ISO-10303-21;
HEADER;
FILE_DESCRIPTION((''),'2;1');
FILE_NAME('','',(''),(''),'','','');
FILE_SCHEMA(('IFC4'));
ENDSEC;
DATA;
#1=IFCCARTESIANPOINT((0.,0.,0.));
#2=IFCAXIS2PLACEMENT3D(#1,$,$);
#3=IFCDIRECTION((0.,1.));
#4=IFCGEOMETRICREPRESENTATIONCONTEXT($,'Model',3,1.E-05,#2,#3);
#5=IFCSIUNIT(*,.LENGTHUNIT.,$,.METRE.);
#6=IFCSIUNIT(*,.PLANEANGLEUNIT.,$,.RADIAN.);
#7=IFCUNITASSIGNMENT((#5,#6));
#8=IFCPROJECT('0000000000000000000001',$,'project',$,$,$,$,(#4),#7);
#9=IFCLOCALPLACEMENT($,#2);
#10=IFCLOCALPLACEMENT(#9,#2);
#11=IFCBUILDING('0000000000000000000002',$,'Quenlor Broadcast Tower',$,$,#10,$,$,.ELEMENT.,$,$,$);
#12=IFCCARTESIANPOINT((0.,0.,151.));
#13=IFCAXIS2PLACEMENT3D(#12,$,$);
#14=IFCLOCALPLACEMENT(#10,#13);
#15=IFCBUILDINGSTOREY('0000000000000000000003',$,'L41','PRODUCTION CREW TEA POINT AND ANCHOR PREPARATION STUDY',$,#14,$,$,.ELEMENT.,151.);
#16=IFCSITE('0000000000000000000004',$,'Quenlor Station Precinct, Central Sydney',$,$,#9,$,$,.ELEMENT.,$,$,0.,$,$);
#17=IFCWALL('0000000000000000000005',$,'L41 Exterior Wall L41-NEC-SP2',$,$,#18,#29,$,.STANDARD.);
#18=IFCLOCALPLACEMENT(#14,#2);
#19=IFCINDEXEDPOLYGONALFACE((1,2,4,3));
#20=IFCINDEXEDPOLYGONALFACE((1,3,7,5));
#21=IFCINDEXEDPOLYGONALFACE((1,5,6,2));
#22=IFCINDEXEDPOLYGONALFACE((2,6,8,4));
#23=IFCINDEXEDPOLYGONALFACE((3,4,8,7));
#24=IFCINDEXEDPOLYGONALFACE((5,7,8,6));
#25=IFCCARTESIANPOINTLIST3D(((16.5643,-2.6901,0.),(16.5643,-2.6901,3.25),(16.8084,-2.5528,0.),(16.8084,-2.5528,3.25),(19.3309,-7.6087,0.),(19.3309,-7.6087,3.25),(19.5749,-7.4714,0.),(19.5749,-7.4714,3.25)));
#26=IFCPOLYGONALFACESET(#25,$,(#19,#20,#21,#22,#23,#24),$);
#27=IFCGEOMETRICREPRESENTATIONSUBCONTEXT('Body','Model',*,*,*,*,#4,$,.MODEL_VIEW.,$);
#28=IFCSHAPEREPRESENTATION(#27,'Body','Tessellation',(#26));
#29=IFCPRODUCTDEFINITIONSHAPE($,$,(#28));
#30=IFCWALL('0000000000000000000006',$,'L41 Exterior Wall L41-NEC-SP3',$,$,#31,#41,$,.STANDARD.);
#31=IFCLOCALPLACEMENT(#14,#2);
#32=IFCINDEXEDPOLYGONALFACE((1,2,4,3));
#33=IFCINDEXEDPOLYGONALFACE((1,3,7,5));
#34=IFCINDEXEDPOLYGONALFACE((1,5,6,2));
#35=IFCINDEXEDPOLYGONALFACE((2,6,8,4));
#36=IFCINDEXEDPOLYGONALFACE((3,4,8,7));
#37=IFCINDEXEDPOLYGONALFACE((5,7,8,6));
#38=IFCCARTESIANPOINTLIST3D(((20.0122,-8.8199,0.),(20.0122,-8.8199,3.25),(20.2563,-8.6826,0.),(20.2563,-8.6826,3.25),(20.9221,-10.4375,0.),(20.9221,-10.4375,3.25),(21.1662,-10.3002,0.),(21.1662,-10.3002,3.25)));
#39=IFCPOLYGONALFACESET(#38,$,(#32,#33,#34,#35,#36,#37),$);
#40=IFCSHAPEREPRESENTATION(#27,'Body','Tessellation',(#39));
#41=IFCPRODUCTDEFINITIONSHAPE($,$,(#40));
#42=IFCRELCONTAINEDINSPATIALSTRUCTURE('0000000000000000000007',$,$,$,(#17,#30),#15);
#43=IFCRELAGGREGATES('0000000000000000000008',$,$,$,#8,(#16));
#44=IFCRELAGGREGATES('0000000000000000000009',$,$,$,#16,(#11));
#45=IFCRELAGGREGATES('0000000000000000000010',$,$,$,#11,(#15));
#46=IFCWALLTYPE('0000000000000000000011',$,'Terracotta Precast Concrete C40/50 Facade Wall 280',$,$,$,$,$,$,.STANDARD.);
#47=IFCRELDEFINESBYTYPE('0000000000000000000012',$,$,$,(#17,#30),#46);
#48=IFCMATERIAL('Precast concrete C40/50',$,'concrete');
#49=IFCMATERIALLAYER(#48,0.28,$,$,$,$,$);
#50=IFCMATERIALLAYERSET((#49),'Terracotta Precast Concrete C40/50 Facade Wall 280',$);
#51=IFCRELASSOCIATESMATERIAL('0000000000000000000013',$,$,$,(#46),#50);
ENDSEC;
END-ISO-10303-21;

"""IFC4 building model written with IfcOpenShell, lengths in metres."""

from ifc_helpers import new_model, si_unit, direction, frame, frame_2d, origin, place, context, subcontext, project, spatial, rectangle, extrude, material, layer, layer_set, type_object, element, save


model = new_model("IFC4")

# Units and contexts
model_context = context("Model", 3, precision=1e-05, world=origin(), true_north=direction((0.0, 1.0)))
body_context = subcontext(model_context, "Body", "Model", "MODEL_VIEW")
ifc_project = project(units=[si_unit("LENGTHUNIT", "METRE"), si_unit("PLANEANGLEUNIT", "RADIAN")], contexts=[model_context])

# Site, building, storey
site_placement = place(None, origin())
site = spatial("IfcSite", under=ifc_project, at=site_placement, Name="Quenlor Station Precinct, Central Sydney", CompositionType="ELEMENT", RefElevation=0.0)
building_placement = place(site_placement, origin())
building = spatial("IfcBuilding", under=site, at=building_placement, Name="Quenlor Broadcast Tower", CompositionType="ELEMENT")
storey_placement = place(building_placement, frame((0.0, 0.0, 151.0)))
storey = spatial("IfcBuildingStorey", under=building, at=storey_placement, Name="L41", Description="PRODUCTION CREW TEA POINT AND ANCHOR PREPARATION STUDY", CompositionType="ELEMENT", Elevation=151.0)

# Walls
ifc_material_1 = material(Name="Precast concrete C40/50", Category="concrete")
ifc_layer_1 = layer(ifc_material_1, 0.28)
ifc_layer_set_1 = layer_set([ifc_layer_1], Name="Terracotta Precast Concrete C40/50 Facade Wall 280")
wall_type_1 = type_object("IfcWallType", Name="Terracotta Precast Concrete C40/50 Facade Wall 280", PredefinedType="STANDARD", material=ifc_layer_set_1)
wall_1_placement = place(storey_placement, frame((16.6863, -2.6213, 0.0), z_axis=(0.0, 0.0, 1.0), x_axis=(0.490239, -0.871588, 0.0)))
element("IfcWall", 1, at=wall_1_placement, inside=storey, type_object=wall_type_1, Name="L41 Exterior Wall L41-NEC-SP2", PredefinedType="STANDARD", context=body_context, shape_type="SweptSolid", body=[
    extrude(rectangle(XDim=5.6433, YDim=0.28, at=frame_2d((2.8218, 0.0))), origin(), (0.0, 0.0, 1.0), 3.25),
])
wall_2_placement = place(storey_placement, frame((20.1343, -8.7512, 0.0), z_axis=(0.0, 0.0, 1.0), x_axis=(0.490249, -0.871583, 0.0)))
element("IfcWall", 2, at=wall_2_placement, inside=storey, type_object=wall_type_1, Name="L41 Exterior Wall L41-NEC-SP3", PredefinedType="STANDARD", context=body_context, shape_type="SweptSolid", body=[
    extrude(rectangle(XDim=1.856, YDim=0.28, at=frame_2d((0.928, 0.0))), origin(), (0.0, 0.0, 1.0), 3.25),
])

save(model, "model.ifc")
